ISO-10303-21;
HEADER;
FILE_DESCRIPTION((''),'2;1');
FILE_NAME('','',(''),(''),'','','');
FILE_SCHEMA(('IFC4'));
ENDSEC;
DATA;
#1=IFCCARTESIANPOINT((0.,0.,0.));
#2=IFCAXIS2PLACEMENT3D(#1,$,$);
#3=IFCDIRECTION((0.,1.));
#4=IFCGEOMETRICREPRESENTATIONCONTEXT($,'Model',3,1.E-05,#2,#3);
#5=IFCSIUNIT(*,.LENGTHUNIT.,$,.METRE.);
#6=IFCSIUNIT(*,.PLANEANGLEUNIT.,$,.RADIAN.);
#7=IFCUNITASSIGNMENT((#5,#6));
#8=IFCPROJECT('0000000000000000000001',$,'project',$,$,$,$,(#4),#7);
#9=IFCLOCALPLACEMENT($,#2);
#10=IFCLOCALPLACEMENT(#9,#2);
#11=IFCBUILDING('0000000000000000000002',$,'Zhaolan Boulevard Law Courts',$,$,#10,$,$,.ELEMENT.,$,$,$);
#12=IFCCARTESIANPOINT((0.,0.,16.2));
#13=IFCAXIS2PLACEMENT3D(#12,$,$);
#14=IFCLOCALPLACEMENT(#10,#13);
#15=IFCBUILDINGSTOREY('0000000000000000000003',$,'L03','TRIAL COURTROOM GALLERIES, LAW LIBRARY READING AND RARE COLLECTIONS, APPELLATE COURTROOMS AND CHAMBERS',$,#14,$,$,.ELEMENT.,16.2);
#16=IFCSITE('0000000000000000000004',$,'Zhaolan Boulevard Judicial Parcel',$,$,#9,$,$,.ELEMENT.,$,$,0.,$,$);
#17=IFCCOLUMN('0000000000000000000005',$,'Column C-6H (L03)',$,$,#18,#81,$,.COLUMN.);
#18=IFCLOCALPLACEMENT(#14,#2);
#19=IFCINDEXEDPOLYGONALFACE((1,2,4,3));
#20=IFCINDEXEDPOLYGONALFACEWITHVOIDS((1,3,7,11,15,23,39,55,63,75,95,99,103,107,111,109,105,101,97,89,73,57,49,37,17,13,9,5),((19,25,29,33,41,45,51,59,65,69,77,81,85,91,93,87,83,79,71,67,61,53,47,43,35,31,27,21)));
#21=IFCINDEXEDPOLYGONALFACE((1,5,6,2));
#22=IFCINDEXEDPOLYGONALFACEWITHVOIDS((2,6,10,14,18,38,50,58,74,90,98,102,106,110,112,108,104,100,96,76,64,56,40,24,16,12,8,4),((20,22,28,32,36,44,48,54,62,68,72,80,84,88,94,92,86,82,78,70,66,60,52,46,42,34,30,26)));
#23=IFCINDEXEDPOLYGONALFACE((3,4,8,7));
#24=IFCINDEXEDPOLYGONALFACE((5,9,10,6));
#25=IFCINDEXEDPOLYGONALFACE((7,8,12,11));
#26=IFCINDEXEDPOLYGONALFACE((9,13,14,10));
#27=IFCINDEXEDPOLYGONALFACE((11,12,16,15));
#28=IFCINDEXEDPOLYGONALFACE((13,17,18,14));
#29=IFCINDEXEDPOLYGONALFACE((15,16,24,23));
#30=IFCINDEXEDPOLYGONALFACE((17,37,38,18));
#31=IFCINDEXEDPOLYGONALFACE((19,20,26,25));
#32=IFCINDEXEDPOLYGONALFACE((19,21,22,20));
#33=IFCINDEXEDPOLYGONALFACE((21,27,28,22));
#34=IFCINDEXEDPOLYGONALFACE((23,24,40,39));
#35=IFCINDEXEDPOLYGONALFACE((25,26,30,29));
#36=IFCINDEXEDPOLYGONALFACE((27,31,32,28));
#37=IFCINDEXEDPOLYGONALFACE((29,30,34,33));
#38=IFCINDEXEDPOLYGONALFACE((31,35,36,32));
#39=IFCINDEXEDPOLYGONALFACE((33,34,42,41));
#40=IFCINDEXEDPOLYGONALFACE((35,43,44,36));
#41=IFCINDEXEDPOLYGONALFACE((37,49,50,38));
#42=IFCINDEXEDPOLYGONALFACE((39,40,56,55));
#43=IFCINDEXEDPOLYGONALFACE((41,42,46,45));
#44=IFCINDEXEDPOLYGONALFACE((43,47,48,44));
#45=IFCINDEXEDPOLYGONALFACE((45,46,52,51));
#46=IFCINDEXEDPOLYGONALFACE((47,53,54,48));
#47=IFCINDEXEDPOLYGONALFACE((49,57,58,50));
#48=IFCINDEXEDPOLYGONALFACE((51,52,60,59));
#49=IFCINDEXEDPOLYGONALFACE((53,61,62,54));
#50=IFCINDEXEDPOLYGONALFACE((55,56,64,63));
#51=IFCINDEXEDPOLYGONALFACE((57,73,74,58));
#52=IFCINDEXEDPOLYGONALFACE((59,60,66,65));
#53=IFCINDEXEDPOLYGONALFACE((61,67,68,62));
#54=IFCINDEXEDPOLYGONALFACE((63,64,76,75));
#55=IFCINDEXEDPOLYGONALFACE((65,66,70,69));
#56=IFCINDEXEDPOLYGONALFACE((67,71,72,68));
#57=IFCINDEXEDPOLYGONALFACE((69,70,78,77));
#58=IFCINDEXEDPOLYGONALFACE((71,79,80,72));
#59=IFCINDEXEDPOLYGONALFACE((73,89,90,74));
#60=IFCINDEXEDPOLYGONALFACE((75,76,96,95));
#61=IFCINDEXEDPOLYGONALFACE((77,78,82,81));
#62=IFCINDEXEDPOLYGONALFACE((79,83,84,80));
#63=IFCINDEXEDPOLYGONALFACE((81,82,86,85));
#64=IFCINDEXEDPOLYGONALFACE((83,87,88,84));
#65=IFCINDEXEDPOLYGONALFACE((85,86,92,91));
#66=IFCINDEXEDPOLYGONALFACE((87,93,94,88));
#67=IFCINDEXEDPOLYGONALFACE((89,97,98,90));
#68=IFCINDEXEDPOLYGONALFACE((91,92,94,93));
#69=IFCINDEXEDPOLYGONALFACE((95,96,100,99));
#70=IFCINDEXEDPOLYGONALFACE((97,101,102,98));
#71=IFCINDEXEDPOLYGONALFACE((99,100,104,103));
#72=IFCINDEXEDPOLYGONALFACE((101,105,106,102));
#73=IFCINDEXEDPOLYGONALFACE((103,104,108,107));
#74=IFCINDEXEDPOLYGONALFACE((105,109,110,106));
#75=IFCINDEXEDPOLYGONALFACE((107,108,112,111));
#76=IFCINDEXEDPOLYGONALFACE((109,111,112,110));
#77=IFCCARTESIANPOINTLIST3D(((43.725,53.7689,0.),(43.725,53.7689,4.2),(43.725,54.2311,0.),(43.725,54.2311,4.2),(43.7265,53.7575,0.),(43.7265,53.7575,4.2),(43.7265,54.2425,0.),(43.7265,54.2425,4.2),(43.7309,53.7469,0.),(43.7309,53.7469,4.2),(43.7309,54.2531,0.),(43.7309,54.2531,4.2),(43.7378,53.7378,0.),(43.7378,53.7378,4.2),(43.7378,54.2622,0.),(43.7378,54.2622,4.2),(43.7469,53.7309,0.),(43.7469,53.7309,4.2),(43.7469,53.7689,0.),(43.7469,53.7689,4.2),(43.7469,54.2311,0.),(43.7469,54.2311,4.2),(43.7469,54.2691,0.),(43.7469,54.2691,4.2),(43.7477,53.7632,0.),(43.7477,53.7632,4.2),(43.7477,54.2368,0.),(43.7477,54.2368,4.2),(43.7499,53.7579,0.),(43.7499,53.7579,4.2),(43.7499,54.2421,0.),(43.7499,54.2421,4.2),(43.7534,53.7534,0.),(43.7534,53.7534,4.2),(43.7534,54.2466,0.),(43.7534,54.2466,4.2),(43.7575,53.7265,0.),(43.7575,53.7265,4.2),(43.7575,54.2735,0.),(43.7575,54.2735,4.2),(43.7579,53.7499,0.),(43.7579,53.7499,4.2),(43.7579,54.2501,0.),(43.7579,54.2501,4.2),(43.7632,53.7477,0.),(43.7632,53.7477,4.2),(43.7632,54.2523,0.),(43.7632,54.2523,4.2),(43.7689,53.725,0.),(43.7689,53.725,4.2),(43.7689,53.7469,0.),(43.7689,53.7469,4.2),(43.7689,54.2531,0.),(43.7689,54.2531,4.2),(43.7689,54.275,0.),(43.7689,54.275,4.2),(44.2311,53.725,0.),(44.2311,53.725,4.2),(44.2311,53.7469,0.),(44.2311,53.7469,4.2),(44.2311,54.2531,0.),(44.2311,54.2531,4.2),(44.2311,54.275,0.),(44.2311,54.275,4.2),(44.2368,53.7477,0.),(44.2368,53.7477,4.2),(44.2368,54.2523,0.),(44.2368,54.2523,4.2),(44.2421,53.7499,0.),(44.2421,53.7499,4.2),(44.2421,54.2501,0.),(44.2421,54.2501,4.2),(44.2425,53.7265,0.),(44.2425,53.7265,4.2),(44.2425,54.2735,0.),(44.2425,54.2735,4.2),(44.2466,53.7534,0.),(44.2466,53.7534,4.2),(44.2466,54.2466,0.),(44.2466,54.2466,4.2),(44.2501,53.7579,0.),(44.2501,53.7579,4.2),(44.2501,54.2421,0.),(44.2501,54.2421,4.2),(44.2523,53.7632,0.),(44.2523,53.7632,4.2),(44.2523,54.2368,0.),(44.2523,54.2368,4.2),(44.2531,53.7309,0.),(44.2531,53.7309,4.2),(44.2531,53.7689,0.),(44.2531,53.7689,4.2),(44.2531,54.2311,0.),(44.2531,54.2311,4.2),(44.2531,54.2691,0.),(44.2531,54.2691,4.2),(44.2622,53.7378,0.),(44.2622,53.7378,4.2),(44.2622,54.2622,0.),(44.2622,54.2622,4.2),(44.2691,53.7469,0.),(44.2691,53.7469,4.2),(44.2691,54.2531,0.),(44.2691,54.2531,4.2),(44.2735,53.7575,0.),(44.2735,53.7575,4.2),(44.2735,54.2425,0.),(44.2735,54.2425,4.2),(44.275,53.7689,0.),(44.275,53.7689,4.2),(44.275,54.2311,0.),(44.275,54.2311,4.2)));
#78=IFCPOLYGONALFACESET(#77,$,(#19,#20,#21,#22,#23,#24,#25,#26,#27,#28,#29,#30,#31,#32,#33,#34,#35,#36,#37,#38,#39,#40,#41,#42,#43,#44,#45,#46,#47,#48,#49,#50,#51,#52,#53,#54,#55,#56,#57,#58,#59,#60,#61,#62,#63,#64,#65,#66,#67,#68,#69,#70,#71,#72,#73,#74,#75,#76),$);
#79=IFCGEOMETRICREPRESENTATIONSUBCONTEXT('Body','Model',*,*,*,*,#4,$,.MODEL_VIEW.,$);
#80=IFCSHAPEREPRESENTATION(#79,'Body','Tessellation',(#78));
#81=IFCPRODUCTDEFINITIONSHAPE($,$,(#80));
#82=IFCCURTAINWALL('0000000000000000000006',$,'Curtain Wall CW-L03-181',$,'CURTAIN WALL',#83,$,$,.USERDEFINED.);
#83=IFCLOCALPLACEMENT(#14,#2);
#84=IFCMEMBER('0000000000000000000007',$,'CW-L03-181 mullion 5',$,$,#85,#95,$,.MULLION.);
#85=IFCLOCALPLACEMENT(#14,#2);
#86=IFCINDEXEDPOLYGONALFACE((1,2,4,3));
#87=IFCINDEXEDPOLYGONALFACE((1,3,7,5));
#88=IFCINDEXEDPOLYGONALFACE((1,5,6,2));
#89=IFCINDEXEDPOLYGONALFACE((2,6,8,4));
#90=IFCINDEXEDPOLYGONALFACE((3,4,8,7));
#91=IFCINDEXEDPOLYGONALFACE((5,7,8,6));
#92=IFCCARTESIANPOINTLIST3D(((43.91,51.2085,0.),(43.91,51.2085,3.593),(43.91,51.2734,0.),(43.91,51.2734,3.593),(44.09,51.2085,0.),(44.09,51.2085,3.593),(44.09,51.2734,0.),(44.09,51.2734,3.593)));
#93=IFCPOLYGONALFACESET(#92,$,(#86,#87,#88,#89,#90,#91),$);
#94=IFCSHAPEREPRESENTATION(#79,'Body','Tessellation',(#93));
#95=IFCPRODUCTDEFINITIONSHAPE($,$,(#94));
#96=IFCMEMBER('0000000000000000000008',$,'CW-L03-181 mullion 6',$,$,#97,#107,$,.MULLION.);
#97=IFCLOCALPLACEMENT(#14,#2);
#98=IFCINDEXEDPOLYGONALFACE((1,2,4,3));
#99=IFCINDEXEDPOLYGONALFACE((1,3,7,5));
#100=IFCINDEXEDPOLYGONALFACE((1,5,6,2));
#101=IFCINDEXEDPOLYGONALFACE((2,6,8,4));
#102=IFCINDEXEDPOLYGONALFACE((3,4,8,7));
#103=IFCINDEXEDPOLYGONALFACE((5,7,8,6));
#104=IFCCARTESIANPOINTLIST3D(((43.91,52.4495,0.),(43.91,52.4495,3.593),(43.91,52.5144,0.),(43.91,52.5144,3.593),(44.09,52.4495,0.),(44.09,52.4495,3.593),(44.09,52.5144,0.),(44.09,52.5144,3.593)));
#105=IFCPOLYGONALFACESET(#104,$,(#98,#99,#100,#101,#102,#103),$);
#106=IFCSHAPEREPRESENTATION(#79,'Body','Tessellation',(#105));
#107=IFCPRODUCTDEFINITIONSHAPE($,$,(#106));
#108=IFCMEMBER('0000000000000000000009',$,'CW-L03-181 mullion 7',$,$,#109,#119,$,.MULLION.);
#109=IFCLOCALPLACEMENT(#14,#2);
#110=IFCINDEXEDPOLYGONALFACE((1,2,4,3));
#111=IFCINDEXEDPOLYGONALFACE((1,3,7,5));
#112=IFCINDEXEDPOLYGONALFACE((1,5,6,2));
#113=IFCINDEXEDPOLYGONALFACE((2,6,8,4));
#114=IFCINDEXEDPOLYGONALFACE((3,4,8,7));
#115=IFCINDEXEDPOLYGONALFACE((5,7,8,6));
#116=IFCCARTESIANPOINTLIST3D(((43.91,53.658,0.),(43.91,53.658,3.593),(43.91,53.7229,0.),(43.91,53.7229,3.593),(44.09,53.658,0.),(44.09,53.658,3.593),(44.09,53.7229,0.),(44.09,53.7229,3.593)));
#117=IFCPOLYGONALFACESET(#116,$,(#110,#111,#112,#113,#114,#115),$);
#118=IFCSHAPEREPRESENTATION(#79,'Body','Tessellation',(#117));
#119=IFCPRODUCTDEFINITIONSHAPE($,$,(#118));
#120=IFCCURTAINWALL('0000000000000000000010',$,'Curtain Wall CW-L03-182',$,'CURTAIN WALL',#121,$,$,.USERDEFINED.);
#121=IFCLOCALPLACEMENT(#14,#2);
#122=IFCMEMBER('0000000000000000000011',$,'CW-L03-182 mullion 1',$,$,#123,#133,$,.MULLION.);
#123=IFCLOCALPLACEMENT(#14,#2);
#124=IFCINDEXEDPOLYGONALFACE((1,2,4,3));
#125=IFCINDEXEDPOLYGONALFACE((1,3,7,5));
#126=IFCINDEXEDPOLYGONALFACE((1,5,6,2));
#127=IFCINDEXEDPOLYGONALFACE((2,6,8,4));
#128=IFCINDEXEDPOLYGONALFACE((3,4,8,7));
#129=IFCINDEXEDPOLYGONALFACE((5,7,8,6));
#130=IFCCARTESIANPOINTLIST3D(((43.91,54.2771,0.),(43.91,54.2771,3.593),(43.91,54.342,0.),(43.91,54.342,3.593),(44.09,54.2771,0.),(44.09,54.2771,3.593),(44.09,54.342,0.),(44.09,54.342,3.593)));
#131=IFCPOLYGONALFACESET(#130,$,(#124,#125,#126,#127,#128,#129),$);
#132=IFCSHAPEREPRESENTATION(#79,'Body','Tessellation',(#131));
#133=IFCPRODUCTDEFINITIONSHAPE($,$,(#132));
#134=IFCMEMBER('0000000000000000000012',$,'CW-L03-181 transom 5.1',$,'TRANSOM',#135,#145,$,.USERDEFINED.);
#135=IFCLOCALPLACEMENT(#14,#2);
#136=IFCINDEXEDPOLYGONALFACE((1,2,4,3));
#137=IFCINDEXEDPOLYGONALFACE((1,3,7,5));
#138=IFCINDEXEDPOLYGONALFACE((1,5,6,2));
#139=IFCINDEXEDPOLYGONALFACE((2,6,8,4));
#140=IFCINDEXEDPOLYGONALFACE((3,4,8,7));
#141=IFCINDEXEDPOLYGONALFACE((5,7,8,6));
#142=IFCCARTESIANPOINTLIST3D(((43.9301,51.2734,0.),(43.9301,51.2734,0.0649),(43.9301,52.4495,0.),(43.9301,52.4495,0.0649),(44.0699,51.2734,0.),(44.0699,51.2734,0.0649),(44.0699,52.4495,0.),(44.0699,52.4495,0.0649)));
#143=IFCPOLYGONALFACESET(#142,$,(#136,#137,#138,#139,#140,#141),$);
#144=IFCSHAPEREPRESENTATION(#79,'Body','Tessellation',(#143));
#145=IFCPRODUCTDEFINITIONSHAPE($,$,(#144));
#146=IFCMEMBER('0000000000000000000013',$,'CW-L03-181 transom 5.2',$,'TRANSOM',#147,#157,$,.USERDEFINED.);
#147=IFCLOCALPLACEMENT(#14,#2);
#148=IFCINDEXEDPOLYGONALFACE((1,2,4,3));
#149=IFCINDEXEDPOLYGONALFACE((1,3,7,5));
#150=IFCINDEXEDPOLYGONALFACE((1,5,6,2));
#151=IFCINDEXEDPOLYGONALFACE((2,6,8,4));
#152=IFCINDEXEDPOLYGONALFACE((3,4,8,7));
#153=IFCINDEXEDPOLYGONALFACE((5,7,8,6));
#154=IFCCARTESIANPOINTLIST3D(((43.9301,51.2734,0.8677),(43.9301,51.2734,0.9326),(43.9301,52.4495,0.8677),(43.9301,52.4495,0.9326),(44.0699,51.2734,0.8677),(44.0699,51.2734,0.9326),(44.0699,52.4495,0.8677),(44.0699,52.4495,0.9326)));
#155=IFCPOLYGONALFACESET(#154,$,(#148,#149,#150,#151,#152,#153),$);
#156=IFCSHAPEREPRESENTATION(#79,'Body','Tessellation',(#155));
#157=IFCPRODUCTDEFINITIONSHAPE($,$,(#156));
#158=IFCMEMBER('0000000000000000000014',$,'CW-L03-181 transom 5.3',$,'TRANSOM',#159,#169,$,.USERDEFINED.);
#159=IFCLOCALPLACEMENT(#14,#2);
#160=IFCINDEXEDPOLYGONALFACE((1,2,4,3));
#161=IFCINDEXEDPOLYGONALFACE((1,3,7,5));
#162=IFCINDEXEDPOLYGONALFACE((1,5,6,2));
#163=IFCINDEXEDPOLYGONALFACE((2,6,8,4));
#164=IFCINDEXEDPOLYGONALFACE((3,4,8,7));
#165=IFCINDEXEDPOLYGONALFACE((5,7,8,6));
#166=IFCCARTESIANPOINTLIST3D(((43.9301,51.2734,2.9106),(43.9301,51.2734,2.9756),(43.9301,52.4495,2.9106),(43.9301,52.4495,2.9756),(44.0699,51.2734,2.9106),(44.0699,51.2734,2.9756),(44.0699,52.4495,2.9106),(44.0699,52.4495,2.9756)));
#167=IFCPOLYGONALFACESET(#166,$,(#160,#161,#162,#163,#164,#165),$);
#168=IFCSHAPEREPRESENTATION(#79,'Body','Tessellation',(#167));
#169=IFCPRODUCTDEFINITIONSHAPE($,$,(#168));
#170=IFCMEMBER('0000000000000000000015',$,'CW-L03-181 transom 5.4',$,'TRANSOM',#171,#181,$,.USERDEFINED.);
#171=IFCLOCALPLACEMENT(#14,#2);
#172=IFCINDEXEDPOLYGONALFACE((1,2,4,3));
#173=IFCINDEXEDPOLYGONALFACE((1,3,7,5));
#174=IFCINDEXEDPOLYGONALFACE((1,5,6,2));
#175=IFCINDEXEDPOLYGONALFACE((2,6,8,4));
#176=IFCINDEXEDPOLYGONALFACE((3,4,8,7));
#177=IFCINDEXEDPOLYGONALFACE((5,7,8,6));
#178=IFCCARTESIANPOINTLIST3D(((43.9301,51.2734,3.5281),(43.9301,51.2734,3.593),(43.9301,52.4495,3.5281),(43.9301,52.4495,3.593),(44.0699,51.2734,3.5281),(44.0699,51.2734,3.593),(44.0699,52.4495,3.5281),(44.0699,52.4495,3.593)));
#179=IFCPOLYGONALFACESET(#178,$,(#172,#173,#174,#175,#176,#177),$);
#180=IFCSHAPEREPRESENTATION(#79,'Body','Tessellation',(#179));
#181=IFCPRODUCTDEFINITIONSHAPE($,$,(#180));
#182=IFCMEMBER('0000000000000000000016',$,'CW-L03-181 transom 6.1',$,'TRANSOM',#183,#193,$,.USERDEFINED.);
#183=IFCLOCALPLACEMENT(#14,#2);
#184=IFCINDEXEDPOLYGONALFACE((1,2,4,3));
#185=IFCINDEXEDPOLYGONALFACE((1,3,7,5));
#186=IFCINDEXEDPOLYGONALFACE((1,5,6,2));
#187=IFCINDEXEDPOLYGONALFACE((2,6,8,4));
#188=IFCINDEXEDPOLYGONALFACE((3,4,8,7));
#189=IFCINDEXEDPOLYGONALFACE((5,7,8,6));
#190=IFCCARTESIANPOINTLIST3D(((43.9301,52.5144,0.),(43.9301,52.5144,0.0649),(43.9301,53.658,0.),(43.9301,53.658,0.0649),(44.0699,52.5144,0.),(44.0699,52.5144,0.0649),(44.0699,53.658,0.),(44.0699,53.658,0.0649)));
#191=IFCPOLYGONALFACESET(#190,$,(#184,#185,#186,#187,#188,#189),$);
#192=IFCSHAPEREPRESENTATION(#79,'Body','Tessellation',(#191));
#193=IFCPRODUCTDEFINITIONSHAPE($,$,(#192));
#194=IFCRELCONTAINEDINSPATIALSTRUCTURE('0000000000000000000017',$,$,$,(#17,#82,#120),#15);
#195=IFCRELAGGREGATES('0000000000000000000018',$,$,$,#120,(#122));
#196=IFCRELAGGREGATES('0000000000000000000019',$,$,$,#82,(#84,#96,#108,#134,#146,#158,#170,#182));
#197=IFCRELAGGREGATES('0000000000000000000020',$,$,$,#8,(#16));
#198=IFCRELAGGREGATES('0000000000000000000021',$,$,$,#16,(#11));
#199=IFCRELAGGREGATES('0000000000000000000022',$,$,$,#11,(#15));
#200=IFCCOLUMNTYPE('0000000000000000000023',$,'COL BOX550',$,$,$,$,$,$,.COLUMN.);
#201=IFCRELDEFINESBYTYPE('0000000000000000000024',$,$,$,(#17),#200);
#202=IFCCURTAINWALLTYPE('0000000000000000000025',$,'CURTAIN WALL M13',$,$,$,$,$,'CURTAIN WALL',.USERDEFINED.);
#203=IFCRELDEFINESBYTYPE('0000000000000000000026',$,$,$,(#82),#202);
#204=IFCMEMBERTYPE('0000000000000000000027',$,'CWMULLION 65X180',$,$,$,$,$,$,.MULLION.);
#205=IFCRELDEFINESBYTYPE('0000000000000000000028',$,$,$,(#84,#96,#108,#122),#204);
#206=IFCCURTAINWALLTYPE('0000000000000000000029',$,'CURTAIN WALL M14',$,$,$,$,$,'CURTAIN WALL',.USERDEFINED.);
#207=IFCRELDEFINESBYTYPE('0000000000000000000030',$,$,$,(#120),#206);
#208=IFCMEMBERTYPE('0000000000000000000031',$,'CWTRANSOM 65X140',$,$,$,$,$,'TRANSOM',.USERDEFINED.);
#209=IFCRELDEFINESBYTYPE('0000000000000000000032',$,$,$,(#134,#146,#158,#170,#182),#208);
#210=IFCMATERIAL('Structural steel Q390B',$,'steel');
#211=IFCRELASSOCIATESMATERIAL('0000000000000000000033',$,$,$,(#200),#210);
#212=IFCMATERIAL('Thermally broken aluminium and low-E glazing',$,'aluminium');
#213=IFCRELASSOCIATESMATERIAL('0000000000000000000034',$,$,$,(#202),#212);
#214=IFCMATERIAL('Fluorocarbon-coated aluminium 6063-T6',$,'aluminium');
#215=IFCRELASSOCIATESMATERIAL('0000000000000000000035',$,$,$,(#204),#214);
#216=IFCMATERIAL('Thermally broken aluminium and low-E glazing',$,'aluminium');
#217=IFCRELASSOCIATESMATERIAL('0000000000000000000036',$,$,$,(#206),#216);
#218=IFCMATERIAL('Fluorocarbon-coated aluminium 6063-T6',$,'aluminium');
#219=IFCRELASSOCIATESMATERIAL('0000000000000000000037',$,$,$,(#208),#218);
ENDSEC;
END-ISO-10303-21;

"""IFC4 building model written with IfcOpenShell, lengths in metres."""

from ifc_helpers import new_model, si_unit, direction, frame, origin, origin_2d, place, context, subcontext, project, spatial, rectangle, hollow_rectangle, extrude, material, material_profile, profile_set, type_object, element, aggregate, save


model = new_model("IFC4")

# Units and contexts
model_context = context("Model", 3, precision=1e-05, world=origin(), true_north=direction((0.0, 1.0)))
body_context = subcontext(model_context, "Body", "Model", "MODEL_VIEW")
ifc_project = project(units=[si_unit("LENGTHUNIT", "METRE"), si_unit("PLANEANGLEUNIT", "RADIAN")], contexts=[model_context])

# Site, building, storey
site_placement = place(None, origin())
site = spatial("IfcSite", under=ifc_project, at=site_placement, Name="Zhaolan Boulevard Judicial Parcel", CompositionType="ELEMENT", RefElevation=0.0)
building_placement = place(site_placement, origin())
building = spatial("IfcBuilding", under=site, at=building_placement, Name="Zhaolan Boulevard Law Courts", CompositionType="ELEMENT")
storey_placement = place(building_placement, frame((0.0, 0.0, 16.2)))
storey = spatial("IfcBuildingStorey", under=building, at=storey_placement, Name="L03", Description="TRIAL COURTROOM GALLERIES, LAW LIBRARY READING AND RARE COLLECTIONS, APPELLATE COURTROOMS AND CHAMBERS", CompositionType="ELEMENT", Elevation=16.2)

# Column
ifc_material_1 = material(Name="Structural steel Q390B", Category="steel")
ifc_material_profile_1 = material_profile(ifc_material_1, hollow_rectangle(XDim=0.55, YDim=0.55, WallThickness=0.022, InnerFilletRadius=0.022, OuterFilletRadius=0.0439, at=origin_2d()), Name="BOX550x550x22")
ifc_profile_set_1 = profile_set([ifc_material_profile_1], Name="Structural steel Q390B")
column_type = type_object("IfcColumnType", Name="COL BOX550", PredefinedType="COLUMN", material=ifc_profile_set_1)
column_placement = place(storey_placement, frame((44.0, 54.0, 0.0), z_axis=(0.0, 0.0, 1.0), x_axis=(1.0, 0.0, 0.0)))
element("IfcColumn", 1, at=column_placement, inside=storey, type_object=column_type, Name="Column C-6H (L03)", PredefinedType="COLUMN", context=body_context, shape_type="SweptSolid", body=[
    extrude(hollow_rectangle(XDim=0.55, YDim=0.55, WallThickness=0.022, InnerFilletRadius=0.022, OuterFilletRadius=0.0439, at=origin_2d()), origin(), (0.0, 0.0, 1.0), 4.2),
])

# Curtain wall, members
ifc_material_2 = material(Name="Thermally broken aluminium and low-E glazing", Category="aluminium")
curtain_wall_type_1 = type_object("IfcCurtainWallType", Name="CURTAIN WALL M13", ElementType="CURTAIN WALL", PredefinedType="USERDEFINED", material=ifc_material_2)
curtain_wall_1_placement = place(storey_placement, origin())
curtain_wall_1 = element("IfcCurtainWall", 2, at=curtain_wall_1_placement, inside=storey, type_object=curtain_wall_type_1, Name="Curtain Wall CW-L03-181", ObjectType="CURTAIN WALL", PredefinedType="USERDEFINED")
ifc_material_3 = material(Name="Fluorocarbon-coated aluminium 6063-T6", Category="aluminium")
ifc_material_profile_2 = material_profile(ifc_material_3, rectangle(XDim=0.1799, YDim=0.0649, at=origin_2d()), Name="AL65x180")
ifc_profile_set_2 = profile_set([ifc_material_profile_2], Name="Fluorocarbon-coated aluminium 6063-T6")
member_type_1 = type_object("IfcMemberType", Name="CWMULLION 65X180", PredefinedType="MULLION", material=ifc_profile_set_2)
member_1_placement = place(storey_placement, frame((44.0, 51.241, 0.0), z_axis=(0.0, 0.0, 1.0), x_axis=(-1.0, 0.0, 0.0)))
member_1 = element("IfcMember", 3, at=member_1_placement, type_object=member_type_1, Name="CW-L03-181 mullion 5", PredefinedType="MULLION", context=body_context, shape_type="SweptSolid", body=[
    extrude(rectangle(XDim=0.1799, YDim=0.0649, at=origin_2d()), origin(), (0.0, 0.0, 1.0), 3.593),
])
member_2_placement = place(storey_placement, frame((44.0, 52.4819, 0.0), z_axis=(0.0, 0.0, 1.0), x_axis=(-1.0, 0.0, 0.0)))
member_2 = element("IfcMember", 4, at=member_2_placement, type_object=member_type_1, Name="CW-L03-181 mullion 6", PredefinedType="MULLION", context=body_context, shape_type="SweptSolid", body=[
    extrude(rectangle(XDim=0.1799, YDim=0.0649, at=origin_2d()), origin(), (0.0, 0.0, 1.0), 3.593),
])
member_3_placement = place(storey_placement, frame((44.0, 53.6904, 0.0), z_axis=(0.0, 0.0, 1.0), x_axis=(-1.0, 0.0, 0.0)))
member_3 = element("IfcMember", 5, at=member_3_placement, type_object=member_type_1, Name="CW-L03-181 mullion 7", PredefinedType="MULLION", context=body_context, shape_type="SweptSolid", body=[
    extrude(rectangle(XDim=0.1799, YDim=0.0649, at=origin_2d()), origin(), (0.0, 0.0, 1.0), 3.593),
])

# Curtain wall, member
ifc_material_4 = material(Name="Thermally broken aluminium and low-E glazing", Category="aluminium")
curtain_wall_type_2 = type_object("IfcCurtainWallType", Name="CURTAIN WALL M14", ElementType="CURTAIN WALL", PredefinedType="USERDEFINED", material=ifc_material_4)
curtain_wall_2_placement = place(storey_placement, origin())
curtain_wall_2 = element("IfcCurtainWall", 6, at=curtain_wall_2_placement, inside=storey, type_object=curtain_wall_type_2, Name="Curtain Wall CW-L03-182", ObjectType="CURTAIN WALL", PredefinedType="USERDEFINED")
member_4_placement = place(storey_placement, frame((44.0, 54.3096, 0.0), z_axis=(0.0, 0.0, 1.0), x_axis=(-1.0, 0.0, 0.0)))
member_4 = element("IfcMember", 7, at=member_4_placement, type_object=member_type_1, Name="CW-L03-182 mullion 1", PredefinedType="MULLION", context=body_context, shape_type="SweptSolid", body=[
    extrude(rectangle(XDim=0.1799, YDim=0.0649, at=origin_2d()), origin(), (0.0, 0.0, 1.0), 3.593),
])

# Members
ifc_material_5 = material(Name="Fluorocarbon-coated aluminium 6063-T6", Category="aluminium")
ifc_material_profile_3 = material_profile(ifc_material_5, rectangle(XDim=0.1399, YDim=0.0649, at=origin_2d()), Name="AL65x140")
ifc_profile_set_3 = profile_set([ifc_material_profile_3], Name="Fluorocarbon-coated aluminium 6063-T6")
member_type_2 = type_object("IfcMemberType", Name="CWTRANSOM 65X140", ElementType="TRANSOM", PredefinedType="USERDEFINED", material=ifc_profile_set_3)
member_5_placement = place(storey_placement, frame((44.0, 51.2734, 0.0325), z_axis=(0.0, 1.0, 0.0), x_axis=(-1.0, 0.0, 0.0)))
member_5 = element("IfcMember", 8, at=member_5_placement, type_object=member_type_2, Name="CW-L03-181 transom 5.1", ObjectType="TRANSOM", PredefinedType="USERDEFINED", context=body_context, shape_type="SweptSolid", body=[
    extrude(rectangle(XDim=0.1399, YDim=0.0649, at=origin_2d()), origin(), (0.0, 0.0, 1.0), 1.176),
])
member_6_placement = place(storey_placement, frame((44.0, 51.2734, 0.9001), z_axis=(0.0, 1.0, 0.0), x_axis=(-1.0, 0.0, 0.0)))
member_6 = element("IfcMember", 9, at=member_6_placement, type_object=member_type_2, Name="CW-L03-181 transom 5.2", ObjectType="TRANSOM", PredefinedType="USERDEFINED", context=body_context, shape_type="SweptSolid", body=[
    extrude(rectangle(XDim=0.1399, YDim=0.0649, at=origin_2d()), origin(), (0.0, 0.0, 1.0), 1.176),
])
member_7_placement = place(storey_placement, frame((44.0, 51.2734, 2.9431), z_axis=(0.0, 1.0, 0.0), x_axis=(-1.0, 0.0, 0.0)))
member_7 = element("IfcMember", 10, at=member_7_placement, type_object=member_type_2, Name="CW-L03-181 transom 5.3", ObjectType="TRANSOM", PredefinedType="USERDEFINED", context=body_context, shape_type="SweptSolid", body=[
    extrude(rectangle(XDim=0.1399, YDim=0.0649, at=origin_2d()), origin(), (0.0, 0.0, 1.0), 1.176),
])
member_8_placement = place(storey_placement, frame((44.0, 51.2734, 3.5605), z_axis=(0.0, 1.0, 0.0), x_axis=(-1.0, 0.0, 0.0)))
member_8 = element("IfcMember", 11, at=member_8_placement, type_object=member_type_2, Name="CW-L03-181 transom 5.4", ObjectType="TRANSOM", PredefinedType="USERDEFINED", context=body_context, shape_type="SweptSolid", body=[
    extrude(rectangle(XDim=0.1399, YDim=0.0649, at=origin_2d()), origin(), (0.0, 0.0, 1.0), 1.176),
])
member_9_placement = place(storey_placement, frame((44.0, 52.5144, 0.0325), z_axis=(0.0, 1.0, 0.0), x_axis=(-1.0, 0.0, 0.0)))
member_9 = element("IfcMember", 12, at=member_9_placement, type_object=member_type_2, Name="CW-L03-181 transom 6.1", ObjectType="TRANSOM", PredefinedType="USERDEFINED", context=body_context, shape_type="SweptSolid", body=[
    extrude(rectangle(XDim=0.1399, YDim=0.0649, at=origin_2d()), origin(), (0.0, 0.0, 1.0), 1.1436),
])
aggregate(curtain_wall_2, [member_4])

aggregate(curtain_wall_1, [member_1, member_2, member_3, member_5, member_6, member_7, member_8, member_9])

save(model, "model.ifc")
